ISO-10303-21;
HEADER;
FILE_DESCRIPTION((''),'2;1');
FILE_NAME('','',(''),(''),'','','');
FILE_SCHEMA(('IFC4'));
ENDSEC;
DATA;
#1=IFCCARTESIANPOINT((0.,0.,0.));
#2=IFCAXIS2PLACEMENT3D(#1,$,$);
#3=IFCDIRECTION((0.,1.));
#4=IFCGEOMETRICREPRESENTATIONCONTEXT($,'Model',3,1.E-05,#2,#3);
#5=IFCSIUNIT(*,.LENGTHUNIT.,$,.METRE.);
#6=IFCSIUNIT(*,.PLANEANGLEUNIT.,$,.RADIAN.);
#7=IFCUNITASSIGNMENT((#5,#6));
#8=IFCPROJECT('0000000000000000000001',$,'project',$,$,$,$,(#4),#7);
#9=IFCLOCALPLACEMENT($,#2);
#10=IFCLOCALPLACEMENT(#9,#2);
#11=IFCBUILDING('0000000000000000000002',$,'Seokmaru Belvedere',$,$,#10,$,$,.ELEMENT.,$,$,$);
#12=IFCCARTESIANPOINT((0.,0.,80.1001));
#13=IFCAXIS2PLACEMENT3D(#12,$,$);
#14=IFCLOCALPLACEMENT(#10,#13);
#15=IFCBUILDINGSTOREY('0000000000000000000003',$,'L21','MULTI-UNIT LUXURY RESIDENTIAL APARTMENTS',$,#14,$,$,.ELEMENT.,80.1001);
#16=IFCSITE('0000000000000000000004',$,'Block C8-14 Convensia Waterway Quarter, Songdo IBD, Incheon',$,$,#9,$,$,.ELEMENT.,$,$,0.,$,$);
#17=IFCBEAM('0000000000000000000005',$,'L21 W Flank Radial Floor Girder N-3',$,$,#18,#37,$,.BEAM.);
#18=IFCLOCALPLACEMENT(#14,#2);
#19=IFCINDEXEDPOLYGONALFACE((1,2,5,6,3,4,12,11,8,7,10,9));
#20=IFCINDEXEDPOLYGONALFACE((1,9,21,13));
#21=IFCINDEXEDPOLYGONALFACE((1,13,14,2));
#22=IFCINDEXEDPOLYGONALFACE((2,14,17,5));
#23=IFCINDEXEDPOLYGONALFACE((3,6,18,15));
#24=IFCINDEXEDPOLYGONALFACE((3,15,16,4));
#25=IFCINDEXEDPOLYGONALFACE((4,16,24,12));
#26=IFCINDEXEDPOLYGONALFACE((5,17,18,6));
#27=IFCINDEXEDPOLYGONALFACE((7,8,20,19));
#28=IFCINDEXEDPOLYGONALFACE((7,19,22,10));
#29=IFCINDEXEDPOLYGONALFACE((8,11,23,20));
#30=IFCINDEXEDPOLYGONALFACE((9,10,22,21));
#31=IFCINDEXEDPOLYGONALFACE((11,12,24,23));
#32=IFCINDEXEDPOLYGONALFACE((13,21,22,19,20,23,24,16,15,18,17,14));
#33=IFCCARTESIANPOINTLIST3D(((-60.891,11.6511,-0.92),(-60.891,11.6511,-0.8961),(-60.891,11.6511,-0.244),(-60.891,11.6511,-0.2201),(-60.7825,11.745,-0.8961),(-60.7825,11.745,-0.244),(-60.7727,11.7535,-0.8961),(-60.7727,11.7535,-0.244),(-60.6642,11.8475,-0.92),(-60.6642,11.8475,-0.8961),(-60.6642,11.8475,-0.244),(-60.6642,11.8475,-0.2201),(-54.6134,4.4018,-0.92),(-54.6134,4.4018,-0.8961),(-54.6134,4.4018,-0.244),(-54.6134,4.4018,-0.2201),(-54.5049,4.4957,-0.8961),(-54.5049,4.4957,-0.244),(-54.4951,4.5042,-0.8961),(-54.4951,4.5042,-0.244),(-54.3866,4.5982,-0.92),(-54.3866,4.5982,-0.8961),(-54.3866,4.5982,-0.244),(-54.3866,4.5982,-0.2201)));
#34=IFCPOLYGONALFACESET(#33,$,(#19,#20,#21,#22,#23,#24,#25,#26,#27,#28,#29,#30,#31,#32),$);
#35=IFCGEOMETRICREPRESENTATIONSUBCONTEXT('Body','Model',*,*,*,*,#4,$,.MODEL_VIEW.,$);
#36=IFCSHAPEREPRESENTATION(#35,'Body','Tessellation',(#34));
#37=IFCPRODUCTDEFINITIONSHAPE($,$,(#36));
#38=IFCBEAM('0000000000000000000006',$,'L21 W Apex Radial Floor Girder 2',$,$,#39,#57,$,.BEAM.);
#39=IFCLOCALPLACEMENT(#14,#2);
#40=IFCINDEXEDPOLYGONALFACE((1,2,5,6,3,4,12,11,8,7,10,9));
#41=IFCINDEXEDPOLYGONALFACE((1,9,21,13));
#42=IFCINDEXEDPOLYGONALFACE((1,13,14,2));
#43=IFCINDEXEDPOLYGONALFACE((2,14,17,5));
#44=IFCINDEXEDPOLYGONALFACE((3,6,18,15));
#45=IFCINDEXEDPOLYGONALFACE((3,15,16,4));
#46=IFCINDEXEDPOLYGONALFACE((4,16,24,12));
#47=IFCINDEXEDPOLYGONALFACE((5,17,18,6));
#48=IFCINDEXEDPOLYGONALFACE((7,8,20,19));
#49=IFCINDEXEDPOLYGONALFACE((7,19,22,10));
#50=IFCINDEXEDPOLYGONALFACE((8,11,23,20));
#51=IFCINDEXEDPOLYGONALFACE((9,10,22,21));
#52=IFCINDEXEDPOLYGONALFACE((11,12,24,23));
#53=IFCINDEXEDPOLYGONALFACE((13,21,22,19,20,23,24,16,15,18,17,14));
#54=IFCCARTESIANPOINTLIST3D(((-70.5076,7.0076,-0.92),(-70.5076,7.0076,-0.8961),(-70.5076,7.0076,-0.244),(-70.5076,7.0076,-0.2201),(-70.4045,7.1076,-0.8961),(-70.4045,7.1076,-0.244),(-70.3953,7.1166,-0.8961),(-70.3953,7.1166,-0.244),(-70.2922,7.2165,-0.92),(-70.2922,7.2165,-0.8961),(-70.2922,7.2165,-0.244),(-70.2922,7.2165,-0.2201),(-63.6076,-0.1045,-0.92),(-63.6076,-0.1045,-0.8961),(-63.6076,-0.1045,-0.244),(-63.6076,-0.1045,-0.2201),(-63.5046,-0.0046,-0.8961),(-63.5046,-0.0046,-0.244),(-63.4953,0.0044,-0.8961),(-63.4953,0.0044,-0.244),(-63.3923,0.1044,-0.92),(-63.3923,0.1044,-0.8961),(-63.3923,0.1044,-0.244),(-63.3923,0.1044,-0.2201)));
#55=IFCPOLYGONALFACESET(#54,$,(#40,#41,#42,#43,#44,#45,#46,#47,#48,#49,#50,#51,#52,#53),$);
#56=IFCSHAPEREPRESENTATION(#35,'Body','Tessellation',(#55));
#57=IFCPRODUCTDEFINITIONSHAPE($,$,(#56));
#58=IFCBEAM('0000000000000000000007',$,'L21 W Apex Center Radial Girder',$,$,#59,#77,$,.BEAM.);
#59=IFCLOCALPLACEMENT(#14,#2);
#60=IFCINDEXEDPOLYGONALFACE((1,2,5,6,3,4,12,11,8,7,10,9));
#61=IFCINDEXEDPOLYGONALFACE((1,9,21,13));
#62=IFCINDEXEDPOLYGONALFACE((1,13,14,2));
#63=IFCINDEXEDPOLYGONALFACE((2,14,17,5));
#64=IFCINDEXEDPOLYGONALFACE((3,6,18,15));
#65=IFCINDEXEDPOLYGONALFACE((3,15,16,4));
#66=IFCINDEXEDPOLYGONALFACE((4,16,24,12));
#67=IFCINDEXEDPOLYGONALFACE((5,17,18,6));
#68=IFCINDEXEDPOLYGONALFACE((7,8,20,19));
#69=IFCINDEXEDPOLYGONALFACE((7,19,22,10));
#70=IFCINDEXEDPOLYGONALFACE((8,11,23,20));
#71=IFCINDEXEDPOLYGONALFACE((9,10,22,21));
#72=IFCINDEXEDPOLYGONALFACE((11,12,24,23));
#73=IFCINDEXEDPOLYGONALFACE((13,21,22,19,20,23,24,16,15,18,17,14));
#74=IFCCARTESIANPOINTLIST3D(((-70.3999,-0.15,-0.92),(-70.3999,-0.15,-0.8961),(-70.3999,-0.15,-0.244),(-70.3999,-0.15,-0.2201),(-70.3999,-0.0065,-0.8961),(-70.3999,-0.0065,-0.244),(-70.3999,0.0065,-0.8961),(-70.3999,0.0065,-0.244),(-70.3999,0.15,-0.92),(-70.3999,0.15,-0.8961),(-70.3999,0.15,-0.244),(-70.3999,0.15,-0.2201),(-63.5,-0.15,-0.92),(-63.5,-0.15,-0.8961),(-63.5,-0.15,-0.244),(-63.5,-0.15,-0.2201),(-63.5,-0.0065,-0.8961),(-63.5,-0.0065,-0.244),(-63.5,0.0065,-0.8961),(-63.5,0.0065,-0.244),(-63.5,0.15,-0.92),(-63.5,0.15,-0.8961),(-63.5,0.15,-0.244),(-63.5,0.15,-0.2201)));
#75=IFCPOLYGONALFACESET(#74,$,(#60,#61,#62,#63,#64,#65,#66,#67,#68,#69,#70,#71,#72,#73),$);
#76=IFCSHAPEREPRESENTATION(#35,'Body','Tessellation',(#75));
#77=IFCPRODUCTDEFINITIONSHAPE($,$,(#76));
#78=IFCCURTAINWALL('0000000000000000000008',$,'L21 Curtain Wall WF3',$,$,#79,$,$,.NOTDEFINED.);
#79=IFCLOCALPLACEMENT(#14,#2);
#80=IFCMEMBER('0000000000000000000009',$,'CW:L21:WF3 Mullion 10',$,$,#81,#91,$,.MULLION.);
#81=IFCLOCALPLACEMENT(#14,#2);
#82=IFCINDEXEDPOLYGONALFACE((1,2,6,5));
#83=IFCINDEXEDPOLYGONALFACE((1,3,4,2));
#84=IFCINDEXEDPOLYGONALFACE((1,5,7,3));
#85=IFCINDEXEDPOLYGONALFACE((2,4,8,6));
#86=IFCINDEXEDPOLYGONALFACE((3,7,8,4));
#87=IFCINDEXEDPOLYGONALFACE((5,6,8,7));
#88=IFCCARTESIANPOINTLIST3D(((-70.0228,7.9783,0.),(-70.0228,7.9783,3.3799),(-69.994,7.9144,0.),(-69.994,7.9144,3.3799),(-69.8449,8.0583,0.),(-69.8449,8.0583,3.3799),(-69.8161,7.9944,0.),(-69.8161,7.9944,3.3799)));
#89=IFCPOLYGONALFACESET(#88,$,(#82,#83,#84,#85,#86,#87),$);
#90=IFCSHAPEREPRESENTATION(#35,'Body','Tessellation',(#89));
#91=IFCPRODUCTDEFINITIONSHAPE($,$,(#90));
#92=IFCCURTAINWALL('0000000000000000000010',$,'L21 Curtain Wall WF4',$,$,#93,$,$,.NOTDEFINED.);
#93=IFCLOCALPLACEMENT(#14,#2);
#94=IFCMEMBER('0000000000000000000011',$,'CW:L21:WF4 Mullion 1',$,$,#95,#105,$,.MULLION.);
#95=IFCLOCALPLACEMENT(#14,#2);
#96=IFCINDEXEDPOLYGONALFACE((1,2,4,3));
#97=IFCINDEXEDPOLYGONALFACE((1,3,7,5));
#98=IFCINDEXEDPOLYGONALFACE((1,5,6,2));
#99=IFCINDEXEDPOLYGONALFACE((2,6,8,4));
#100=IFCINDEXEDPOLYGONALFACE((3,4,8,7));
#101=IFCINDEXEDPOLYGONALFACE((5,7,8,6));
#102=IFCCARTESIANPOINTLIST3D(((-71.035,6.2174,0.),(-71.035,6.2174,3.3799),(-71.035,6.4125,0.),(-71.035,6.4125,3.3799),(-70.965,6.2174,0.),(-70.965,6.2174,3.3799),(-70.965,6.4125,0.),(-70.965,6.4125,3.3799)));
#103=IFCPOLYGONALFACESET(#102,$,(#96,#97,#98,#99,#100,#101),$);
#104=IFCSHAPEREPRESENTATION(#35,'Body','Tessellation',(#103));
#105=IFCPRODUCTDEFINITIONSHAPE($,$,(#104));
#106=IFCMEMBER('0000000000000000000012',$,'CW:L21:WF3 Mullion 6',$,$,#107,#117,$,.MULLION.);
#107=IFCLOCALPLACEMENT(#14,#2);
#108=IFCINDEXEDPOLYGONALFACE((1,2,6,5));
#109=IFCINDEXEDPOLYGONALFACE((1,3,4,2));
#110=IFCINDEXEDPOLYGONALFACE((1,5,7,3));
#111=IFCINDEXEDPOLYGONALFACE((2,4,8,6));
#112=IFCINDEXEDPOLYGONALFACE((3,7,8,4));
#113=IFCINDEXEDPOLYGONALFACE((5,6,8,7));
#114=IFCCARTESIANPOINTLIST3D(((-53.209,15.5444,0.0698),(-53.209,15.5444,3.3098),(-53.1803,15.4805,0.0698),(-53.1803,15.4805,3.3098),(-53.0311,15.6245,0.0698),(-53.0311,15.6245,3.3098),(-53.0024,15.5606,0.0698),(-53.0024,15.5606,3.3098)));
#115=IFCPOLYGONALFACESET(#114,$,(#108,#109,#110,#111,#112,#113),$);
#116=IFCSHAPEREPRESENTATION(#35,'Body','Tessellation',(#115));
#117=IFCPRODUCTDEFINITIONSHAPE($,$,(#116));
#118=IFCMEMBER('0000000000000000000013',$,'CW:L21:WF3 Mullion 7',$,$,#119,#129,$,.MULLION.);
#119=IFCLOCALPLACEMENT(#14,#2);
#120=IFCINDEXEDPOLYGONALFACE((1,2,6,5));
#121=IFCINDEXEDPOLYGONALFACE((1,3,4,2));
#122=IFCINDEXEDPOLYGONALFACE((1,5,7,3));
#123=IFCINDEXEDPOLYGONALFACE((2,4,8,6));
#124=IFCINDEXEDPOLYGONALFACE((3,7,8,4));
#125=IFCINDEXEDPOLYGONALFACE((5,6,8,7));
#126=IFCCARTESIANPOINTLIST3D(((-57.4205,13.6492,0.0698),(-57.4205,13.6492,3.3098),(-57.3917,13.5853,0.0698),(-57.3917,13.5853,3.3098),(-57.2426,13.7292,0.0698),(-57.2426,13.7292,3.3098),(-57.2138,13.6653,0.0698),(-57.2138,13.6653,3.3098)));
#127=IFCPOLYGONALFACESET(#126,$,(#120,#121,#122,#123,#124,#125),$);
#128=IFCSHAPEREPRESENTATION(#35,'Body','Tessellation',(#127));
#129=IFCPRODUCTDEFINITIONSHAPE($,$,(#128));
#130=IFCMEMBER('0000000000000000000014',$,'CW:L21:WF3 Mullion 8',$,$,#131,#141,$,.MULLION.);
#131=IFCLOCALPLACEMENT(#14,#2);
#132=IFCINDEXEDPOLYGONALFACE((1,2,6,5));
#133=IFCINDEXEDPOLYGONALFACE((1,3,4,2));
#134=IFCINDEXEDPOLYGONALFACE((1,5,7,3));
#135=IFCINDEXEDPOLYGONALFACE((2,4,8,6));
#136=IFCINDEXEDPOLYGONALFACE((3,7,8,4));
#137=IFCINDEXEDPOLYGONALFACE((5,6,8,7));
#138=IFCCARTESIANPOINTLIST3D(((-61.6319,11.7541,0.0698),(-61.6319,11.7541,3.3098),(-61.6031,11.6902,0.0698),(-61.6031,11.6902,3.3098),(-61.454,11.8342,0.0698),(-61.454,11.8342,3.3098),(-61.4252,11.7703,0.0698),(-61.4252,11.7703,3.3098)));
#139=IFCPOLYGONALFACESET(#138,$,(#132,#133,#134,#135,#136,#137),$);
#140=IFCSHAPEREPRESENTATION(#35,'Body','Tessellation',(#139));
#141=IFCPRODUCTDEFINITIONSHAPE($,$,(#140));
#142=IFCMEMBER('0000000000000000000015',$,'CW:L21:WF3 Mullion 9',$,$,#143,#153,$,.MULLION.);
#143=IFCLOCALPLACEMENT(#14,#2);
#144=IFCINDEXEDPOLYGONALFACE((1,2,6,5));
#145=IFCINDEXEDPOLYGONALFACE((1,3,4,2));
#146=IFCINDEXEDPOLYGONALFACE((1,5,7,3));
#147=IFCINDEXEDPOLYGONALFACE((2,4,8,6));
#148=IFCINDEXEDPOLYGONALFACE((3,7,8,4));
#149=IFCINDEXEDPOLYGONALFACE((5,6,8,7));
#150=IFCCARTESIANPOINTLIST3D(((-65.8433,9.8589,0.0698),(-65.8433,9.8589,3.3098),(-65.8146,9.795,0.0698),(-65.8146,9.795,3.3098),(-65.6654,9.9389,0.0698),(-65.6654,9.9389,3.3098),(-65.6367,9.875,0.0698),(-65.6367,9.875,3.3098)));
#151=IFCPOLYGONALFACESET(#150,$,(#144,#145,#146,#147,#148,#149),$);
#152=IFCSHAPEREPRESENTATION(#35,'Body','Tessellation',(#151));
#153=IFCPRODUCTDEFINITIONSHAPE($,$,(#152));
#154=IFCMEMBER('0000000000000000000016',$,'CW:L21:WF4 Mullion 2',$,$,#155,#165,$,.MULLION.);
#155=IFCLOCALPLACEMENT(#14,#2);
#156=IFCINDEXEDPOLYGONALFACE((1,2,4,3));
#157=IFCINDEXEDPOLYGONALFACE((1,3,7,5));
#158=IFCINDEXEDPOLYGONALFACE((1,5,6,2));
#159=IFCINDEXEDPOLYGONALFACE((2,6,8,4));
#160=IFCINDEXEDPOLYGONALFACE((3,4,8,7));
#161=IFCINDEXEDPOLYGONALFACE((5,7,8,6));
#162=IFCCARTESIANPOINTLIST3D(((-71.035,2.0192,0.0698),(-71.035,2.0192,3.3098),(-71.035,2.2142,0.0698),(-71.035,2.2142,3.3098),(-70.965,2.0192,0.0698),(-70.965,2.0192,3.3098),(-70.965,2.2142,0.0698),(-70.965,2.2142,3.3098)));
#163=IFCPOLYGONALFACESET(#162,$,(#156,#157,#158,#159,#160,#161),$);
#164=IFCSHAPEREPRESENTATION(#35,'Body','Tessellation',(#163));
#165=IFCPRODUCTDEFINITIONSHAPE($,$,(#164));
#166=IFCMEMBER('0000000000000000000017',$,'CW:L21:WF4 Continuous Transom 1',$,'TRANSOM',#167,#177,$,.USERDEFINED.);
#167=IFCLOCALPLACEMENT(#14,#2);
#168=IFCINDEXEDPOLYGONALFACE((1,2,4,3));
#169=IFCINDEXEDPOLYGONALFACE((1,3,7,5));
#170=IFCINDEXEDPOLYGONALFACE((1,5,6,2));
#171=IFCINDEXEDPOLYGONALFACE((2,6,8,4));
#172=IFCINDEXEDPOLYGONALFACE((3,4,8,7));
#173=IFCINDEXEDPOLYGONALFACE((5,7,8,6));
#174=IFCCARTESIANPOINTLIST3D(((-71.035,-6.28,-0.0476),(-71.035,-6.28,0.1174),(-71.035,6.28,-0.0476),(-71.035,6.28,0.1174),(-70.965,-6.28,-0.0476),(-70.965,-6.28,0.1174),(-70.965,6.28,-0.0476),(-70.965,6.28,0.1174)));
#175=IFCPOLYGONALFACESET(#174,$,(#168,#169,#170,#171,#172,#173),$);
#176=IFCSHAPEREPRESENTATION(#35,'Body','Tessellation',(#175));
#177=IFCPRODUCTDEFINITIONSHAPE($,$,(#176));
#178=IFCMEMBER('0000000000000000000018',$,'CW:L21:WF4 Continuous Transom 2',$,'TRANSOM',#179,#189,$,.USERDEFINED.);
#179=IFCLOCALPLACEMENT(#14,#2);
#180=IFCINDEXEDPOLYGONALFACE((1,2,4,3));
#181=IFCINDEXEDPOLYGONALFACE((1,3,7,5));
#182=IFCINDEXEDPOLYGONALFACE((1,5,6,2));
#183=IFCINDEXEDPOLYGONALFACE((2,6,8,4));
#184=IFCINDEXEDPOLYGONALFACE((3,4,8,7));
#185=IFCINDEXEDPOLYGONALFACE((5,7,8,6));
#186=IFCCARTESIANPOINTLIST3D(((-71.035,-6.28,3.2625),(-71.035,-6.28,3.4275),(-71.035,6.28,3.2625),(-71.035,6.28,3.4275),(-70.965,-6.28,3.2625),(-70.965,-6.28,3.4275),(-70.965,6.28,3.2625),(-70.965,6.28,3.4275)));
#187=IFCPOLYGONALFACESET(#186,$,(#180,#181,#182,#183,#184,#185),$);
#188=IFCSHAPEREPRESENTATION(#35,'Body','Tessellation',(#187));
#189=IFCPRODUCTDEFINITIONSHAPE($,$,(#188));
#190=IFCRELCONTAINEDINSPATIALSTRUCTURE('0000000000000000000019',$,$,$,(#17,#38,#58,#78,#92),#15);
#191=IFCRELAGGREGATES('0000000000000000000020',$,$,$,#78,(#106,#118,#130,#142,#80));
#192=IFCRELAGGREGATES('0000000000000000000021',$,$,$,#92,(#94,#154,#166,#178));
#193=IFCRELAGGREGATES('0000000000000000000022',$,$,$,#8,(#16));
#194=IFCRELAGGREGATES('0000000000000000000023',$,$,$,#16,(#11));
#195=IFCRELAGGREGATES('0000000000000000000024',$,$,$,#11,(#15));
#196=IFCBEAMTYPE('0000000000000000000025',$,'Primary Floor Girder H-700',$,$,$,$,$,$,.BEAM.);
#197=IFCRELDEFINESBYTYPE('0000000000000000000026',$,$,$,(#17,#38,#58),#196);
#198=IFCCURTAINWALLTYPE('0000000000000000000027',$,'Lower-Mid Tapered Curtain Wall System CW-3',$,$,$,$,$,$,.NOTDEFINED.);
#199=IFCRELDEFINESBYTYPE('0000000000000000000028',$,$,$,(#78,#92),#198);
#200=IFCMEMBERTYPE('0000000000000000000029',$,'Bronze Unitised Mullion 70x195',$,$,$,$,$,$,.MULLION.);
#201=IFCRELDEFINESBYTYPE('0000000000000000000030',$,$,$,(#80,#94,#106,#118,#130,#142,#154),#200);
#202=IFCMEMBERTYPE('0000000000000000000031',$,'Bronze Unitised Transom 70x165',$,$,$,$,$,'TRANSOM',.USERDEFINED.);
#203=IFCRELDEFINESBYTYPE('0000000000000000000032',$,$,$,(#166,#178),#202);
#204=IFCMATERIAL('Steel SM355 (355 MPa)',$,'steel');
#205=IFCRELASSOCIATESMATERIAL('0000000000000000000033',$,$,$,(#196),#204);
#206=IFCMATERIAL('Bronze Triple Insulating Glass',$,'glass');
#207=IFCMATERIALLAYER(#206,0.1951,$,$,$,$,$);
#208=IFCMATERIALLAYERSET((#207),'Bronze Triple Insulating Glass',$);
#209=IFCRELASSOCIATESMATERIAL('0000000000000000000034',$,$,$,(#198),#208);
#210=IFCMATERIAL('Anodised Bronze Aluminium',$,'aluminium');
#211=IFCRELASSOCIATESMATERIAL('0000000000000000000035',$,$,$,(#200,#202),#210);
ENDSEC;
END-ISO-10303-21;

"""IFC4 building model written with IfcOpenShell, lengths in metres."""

from ifc_helpers import new_model, si_unit, direction, frame, origin, origin_2d, place, context, subcontext, project, spatial, rectangle, i_section, extrude, source, transform, mapped, material, layer, layer_set, material_profile, profile_set, type_object, type_shapes, element, aggregate, save


model = new_model("IFC4")

# Units and contexts
model_context = context("Model", 3, precision=1e-05, world=origin(), true_north=direction((0.0, 1.0)))
body_context = subcontext(model_context, "Body", "Model", "MODEL_VIEW")
ifc_project = project(units=[si_unit("LENGTHUNIT", "METRE"), si_unit("PLANEANGLEUNIT", "RADIAN")], contexts=[model_context])

# Site, building, storey
site_placement = place(None, origin())
site = spatial("IfcSite", under=ifc_project, at=site_placement, Name="Block C8-14 Convensia Waterway Quarter, Songdo IBD, Incheon", CompositionType="ELEMENT", RefElevation=0.0)
building_placement = place(site_placement, origin())
building = spatial("IfcBuilding", under=site, at=building_placement, Name="Seokmaru Belvedere", CompositionType="ELEMENT")
storey_placement = place(building_placement, frame((0.0, 0.0, 80.1001)))
storey = spatial("IfcBuildingStorey", under=building, at=storey_placement, Name="L21", Description="MULTI-UNIT LUXURY RESIDENTIAL APARTMENTS", CompositionType="ELEMENT", Elevation=80.1001)

# Shared definitions
ifc_material_1 = material(Name="Steel SM355 (355 MPa)", Category="steel")

# Beams
ifc_material_profile_1 = material_profile(ifc_material_1, i_section(OverallWidth=0.3, OverallDepth=0.7, WebThickness=0.0129, FlangeThickness=0.0239, at=origin_2d()), Name="H-700x300x13x24")
ifc_profile_set_1 = profile_set([ifc_material_profile_1], Name="Steel SM355 (355 MPa)")
beam_type_1 = type_object("IfcBeamType", Name="Primary Floor Girder H-700", PredefinedType="BEAM", material=ifc_profile_set_1)
shared_shape_1 = source(origin(), body_context, "Body", "SweptSolid", [
    extrude(i_section(OverallWidth=0.3, OverallDepth=0.7, WebThickness=0.0129, FlangeThickness=0.0239, at=origin_2d()), origin(), (0.0, 0.0, 1.0), 9.5896),
])
beam_1_placement = place(storey_placement, frame((-60.7776, 11.7493, -0.5701), z_axis=(0.654626, -0.755953, 0.0), x_axis=(0.755953, 0.654626, 0.0)))
element("IfcBeam", 1, at=beam_1_placement, inside=storey, type_object=beam_type_1, Name="L21 W Flank Radial Floor Girder N-3", PredefinedType="BEAM", context=body_context, shape_type="MappedRepresentation", body=[
    mapped(shared_shape_1, transform((0.0, 0.0, 0.0), scale=1.0)),
])
shared_shape_2 = source(origin(), body_context, "Body", "SweptSolid", [
    extrude(i_section(OverallWidth=0.3, OverallDepth=0.7, WebThickness=0.0129, FlangeThickness=0.0239, at=origin_2d()), origin(), (0.0, 0.0, 1.0), 9.9092),
])
beam_2_placement = place(storey_placement, frame((-70.3999, 7.1121, -0.5701), z_axis=(0.696321, -0.717731, 0.0), x_axis=(0.717731, 0.696321, 0.0)))
element("IfcBeam", 2, at=beam_2_placement, inside=storey, type_object=beam_type_1, Name="L21 W Apex Radial Floor Girder 2", PredefinedType="BEAM", context=body_context, shape_type="MappedRepresentation", body=[
    mapped(shared_shape_2, transform((0.0, 0.0, 0.0), scale=1.0)),
])
shared_shape_3 = source(origin(), body_context, "Body", "SweptSolid", [
    extrude(i_section(OverallWidth=0.3, OverallDepth=0.7, WebThickness=0.0129, FlangeThickness=0.0239, at=origin_2d()), origin(), (0.0, 0.0, 1.0), 6.8999),
])
beam_3_placement = place(storey_placement, frame((-70.3999, 0.0, -0.5701), z_axis=(1.0, 0.0, 0.0), x_axis=(0.0, 1.0, 0.0)))
element("IfcBeam", 3, at=beam_3_placement, inside=storey, type_object=beam_type_1, Name="L21 W Apex Center Radial Girder", PredefinedType="BEAM", context=body_context, shape_type="MappedRepresentation", body=[
    mapped(shared_shape_3, transform((0.0, 0.0, 0.0), scale=1.0)),
])

# Curtain walls, members
ifc_material_2 = material(Name="Bronze Triple Insulating Glass", Category="glass")
ifc_layer_1 = layer(ifc_material_2, 0.1951)
ifc_layer_set_1 = layer_set([ifc_layer_1], Name="Bronze Triple Insulating Glass")
curtain_wall_type = type_object("IfcCurtainWallType", Name="Lower-Mid Tapered Curtain Wall System CW-3", PredefinedType="NOTDEFINED", material=ifc_layer_set_1)
curtain_wall_1_placement = place(storey_placement, origin())
curtain_wall_1 = element("IfcCurtainWall", 4, at=curtain_wall_1_placement, inside=storey, type_object=curtain_wall_type, Name="L21 Curtain Wall WF3", PredefinedType="NOTDEFINED")
ifc_material_3 = material(Name="Anodised Bronze Aluminium", Category="aluminium")
ifc_material_profile_2 = material_profile(ifc_material_3, rectangle(XDim=0.0701, YDim=0.1951, at=origin_2d()), Name="CW-M-70x195")
ifc_profile_set_2 = profile_set([ifc_material_profile_2], Name="Anodised Bronze Aluminium")
member_type_1 = type_object("IfcMemberType", Name="Bronze Unitised Mullion 70x195", PredefinedType="MULLION", material=ifc_profile_set_2)
shared_shape_4 = source(origin(), body_context, "Body", "SweptSolid", [
    extrude(rectangle(XDim=0.0701, YDim=0.1951, at=origin_2d()), origin(), (0.0, 0.0, 1.0), 3.3799),
])
member_1_placement = place(storey_placement, frame((-69.9194, 7.9863, 0.0), z_axis=(0.0, 0.0, 1.0), x_axis=(0.410366, -0.911921, 0.0)))
member_1 = element("IfcMember", 5, at=member_1_placement, type_object=member_type_1, Name="CW:L21:WF3 Mullion 10", PredefinedType="MULLION", context=body_context, shape_type="MappedRepresentation", body=[
    mapped(shared_shape_4, transform((0.0, 0.0, 0.0), scale=1.0)),
])
curtain_wall_2_placement = place(storey_placement, origin())
curtain_wall_2 = element("IfcCurtainWall", 6, at=curtain_wall_2_placement, inside=storey, type_object=curtain_wall_type, Name="L21 Curtain Wall WF4", PredefinedType="NOTDEFINED")
member_2_placement = place(storey_placement, frame((-71.0, 6.3149, 0.0), z_axis=(0.0, 0.0, 1.0), x_axis=(1.0, 0.0, 0.0)))
member_2 = element("IfcMember", 7, at=member_2_placement, type_object=member_type_1, Name="CW:L21:WF4 Mullion 1", PredefinedType="MULLION", context=body_context, shape_type="MappedRepresentation", body=[
    mapped(shared_shape_4, transform((0.0, 0.0, 0.0), scale=1.0)),
])

# Members
shared_shape_5 = source(origin(), body_context, "Body", "SweptSolid", [
    extrude(rectangle(XDim=0.0701, YDim=0.1951, at=origin_2d()), origin(), (0.0, 0.0, 1.0), 3.24),
])
type_shapes(member_type_1, [shared_shape_4, shared_shape_5])
member_3_placement = place(storey_placement, frame((-53.1057, 15.5525, 0.0698), z_axis=(0.0, 0.0, 1.0), x_axis=(0.410366, -0.911921, 0.0)))
member_3 = element("IfcMember", 8, at=member_3_placement, type_object=member_type_1, Name="CW:L21:WF3 Mullion 6", PredefinedType="MULLION", context=body_context, shape_type="MappedRepresentation", body=[
    mapped(shared_shape_5, transform((0.0, 0.0, 0.0), scale=1.0)),
])
member_4_placement = place(storey_placement, frame((-57.3171, 13.6572, 0.0698), z_axis=(0.0, 0.0, 1.0), x_axis=(0.410366, -0.911921, 0.0)))
member_4 = element("IfcMember", 9, at=member_4_placement, type_object=member_type_1, Name="CW:L21:WF3 Mullion 7", PredefinedType="MULLION", context=body_context, shape_type="MappedRepresentation", body=[
    mapped(shared_shape_5, transform((0.0, 0.0, 0.0), scale=1.0)),
])
member_5_placement = place(storey_placement, frame((-61.5286, 11.7622, 0.0698), z_axis=(0.0, 0.0, 1.0), x_axis=(0.410366, -0.911921, 0.0)))
member_5 = element("IfcMember", 10, at=member_5_placement, type_object=member_type_1, Name="CW:L21:WF3 Mullion 8", PredefinedType="MULLION", context=body_context, shape_type="MappedRepresentation", body=[
    mapped(shared_shape_5, transform((0.0, 0.0, 0.0), scale=1.0)),
])
member_6_placement = place(storey_placement, frame((-65.74, 9.8669, 0.0698), z_axis=(0.0, 0.0, 1.0), x_axis=(0.410366, -0.911921, 0.0)))
member_6 = element("IfcMember", 11, at=member_6_placement, type_object=member_type_1, Name="CW:L21:WF3 Mullion 9", PredefinedType="MULLION", context=body_context, shape_type="MappedRepresentation", body=[
    mapped(shared_shape_5, transform((0.0, 0.0, 0.0), scale=1.0)),
])
member_7_placement = place(storey_placement, frame((-71.0, 2.1167, 0.0698), z_axis=(0.0, 0.0, 1.0), x_axis=(1.0, 0.0, 0.0)))
member_7 = element("IfcMember", 12, at=member_7_placement, type_object=member_type_1, Name="CW:L21:WF4 Mullion 2", PredefinedType="MULLION", context=body_context, shape_type="MappedRepresentation", body=[
    mapped(shared_shape_5, transform((0.0, 0.0, 0.0), scale=1.0)),
])
ifc_material_profile_3 = material_profile(ifc_material_3, rectangle(XDim=0.0701, YDim=0.165, at=origin_2d()), Name="CW-T-70x165")
ifc_profile_set_3 = profile_set([ifc_material_profile_3], Name="Anodised Bronze Aluminium")
member_type_2 = type_object("IfcMemberType", Name="Bronze Unitised Transom 70x165", ElementType="TRANSOM", PredefinedType="USERDEFINED", material=ifc_profile_set_3)
shared_shape_6 = source(origin(), body_context, "Body", "SweptSolid", [
    extrude(rectangle(XDim=0.0701, YDim=0.165, at=origin_2d()), origin(), (0.0, 0.0, 1.0), 12.5601),
])
type_shapes(member_type_2, [shared_shape_6])
member_8_placement = place(storey_placement, frame((-71.0, 6.28, 0.0349), z_axis=(0.0, -1.0, 0.0), x_axis=(1.0, 0.0, 0.0)))
member_8 = element("IfcMember", 13, at=member_8_placement, type_object=member_type_2, Name="CW:L21:WF4 Continuous Transom 1", ObjectType="TRANSOM", PredefinedType="USERDEFINED", context=body_context, shape_type="MappedRepresentation", body=[
    mapped(shared_shape_6, transform((0.0, 0.0, 0.0), scale=1.0)),
])
member_9_placement = place(storey_placement, frame((-71.0, 6.28, 3.345), z_axis=(0.0, -1.0, 0.0), x_axis=(1.0, 0.0, 0.0)))
member_9 = element("IfcMember", 14, at=member_9_placement, type_object=member_type_2, Name="CW:L21:WF4 Continuous Transom 2", ObjectType="TRANSOM", PredefinedType="USERDEFINED", context=body_context, shape_type="MappedRepresentation", body=[
    mapped(shared_shape_6, transform((0.0, 0.0, 0.0), scale=1.0)),
])

aggregate(curtain_wall_1, [member_3, member_4, member_5, member_6, member_1])
aggregate(curtain_wall_2, [member_2, member_7, member_8, member_9])

save(model, "model.ifc")
